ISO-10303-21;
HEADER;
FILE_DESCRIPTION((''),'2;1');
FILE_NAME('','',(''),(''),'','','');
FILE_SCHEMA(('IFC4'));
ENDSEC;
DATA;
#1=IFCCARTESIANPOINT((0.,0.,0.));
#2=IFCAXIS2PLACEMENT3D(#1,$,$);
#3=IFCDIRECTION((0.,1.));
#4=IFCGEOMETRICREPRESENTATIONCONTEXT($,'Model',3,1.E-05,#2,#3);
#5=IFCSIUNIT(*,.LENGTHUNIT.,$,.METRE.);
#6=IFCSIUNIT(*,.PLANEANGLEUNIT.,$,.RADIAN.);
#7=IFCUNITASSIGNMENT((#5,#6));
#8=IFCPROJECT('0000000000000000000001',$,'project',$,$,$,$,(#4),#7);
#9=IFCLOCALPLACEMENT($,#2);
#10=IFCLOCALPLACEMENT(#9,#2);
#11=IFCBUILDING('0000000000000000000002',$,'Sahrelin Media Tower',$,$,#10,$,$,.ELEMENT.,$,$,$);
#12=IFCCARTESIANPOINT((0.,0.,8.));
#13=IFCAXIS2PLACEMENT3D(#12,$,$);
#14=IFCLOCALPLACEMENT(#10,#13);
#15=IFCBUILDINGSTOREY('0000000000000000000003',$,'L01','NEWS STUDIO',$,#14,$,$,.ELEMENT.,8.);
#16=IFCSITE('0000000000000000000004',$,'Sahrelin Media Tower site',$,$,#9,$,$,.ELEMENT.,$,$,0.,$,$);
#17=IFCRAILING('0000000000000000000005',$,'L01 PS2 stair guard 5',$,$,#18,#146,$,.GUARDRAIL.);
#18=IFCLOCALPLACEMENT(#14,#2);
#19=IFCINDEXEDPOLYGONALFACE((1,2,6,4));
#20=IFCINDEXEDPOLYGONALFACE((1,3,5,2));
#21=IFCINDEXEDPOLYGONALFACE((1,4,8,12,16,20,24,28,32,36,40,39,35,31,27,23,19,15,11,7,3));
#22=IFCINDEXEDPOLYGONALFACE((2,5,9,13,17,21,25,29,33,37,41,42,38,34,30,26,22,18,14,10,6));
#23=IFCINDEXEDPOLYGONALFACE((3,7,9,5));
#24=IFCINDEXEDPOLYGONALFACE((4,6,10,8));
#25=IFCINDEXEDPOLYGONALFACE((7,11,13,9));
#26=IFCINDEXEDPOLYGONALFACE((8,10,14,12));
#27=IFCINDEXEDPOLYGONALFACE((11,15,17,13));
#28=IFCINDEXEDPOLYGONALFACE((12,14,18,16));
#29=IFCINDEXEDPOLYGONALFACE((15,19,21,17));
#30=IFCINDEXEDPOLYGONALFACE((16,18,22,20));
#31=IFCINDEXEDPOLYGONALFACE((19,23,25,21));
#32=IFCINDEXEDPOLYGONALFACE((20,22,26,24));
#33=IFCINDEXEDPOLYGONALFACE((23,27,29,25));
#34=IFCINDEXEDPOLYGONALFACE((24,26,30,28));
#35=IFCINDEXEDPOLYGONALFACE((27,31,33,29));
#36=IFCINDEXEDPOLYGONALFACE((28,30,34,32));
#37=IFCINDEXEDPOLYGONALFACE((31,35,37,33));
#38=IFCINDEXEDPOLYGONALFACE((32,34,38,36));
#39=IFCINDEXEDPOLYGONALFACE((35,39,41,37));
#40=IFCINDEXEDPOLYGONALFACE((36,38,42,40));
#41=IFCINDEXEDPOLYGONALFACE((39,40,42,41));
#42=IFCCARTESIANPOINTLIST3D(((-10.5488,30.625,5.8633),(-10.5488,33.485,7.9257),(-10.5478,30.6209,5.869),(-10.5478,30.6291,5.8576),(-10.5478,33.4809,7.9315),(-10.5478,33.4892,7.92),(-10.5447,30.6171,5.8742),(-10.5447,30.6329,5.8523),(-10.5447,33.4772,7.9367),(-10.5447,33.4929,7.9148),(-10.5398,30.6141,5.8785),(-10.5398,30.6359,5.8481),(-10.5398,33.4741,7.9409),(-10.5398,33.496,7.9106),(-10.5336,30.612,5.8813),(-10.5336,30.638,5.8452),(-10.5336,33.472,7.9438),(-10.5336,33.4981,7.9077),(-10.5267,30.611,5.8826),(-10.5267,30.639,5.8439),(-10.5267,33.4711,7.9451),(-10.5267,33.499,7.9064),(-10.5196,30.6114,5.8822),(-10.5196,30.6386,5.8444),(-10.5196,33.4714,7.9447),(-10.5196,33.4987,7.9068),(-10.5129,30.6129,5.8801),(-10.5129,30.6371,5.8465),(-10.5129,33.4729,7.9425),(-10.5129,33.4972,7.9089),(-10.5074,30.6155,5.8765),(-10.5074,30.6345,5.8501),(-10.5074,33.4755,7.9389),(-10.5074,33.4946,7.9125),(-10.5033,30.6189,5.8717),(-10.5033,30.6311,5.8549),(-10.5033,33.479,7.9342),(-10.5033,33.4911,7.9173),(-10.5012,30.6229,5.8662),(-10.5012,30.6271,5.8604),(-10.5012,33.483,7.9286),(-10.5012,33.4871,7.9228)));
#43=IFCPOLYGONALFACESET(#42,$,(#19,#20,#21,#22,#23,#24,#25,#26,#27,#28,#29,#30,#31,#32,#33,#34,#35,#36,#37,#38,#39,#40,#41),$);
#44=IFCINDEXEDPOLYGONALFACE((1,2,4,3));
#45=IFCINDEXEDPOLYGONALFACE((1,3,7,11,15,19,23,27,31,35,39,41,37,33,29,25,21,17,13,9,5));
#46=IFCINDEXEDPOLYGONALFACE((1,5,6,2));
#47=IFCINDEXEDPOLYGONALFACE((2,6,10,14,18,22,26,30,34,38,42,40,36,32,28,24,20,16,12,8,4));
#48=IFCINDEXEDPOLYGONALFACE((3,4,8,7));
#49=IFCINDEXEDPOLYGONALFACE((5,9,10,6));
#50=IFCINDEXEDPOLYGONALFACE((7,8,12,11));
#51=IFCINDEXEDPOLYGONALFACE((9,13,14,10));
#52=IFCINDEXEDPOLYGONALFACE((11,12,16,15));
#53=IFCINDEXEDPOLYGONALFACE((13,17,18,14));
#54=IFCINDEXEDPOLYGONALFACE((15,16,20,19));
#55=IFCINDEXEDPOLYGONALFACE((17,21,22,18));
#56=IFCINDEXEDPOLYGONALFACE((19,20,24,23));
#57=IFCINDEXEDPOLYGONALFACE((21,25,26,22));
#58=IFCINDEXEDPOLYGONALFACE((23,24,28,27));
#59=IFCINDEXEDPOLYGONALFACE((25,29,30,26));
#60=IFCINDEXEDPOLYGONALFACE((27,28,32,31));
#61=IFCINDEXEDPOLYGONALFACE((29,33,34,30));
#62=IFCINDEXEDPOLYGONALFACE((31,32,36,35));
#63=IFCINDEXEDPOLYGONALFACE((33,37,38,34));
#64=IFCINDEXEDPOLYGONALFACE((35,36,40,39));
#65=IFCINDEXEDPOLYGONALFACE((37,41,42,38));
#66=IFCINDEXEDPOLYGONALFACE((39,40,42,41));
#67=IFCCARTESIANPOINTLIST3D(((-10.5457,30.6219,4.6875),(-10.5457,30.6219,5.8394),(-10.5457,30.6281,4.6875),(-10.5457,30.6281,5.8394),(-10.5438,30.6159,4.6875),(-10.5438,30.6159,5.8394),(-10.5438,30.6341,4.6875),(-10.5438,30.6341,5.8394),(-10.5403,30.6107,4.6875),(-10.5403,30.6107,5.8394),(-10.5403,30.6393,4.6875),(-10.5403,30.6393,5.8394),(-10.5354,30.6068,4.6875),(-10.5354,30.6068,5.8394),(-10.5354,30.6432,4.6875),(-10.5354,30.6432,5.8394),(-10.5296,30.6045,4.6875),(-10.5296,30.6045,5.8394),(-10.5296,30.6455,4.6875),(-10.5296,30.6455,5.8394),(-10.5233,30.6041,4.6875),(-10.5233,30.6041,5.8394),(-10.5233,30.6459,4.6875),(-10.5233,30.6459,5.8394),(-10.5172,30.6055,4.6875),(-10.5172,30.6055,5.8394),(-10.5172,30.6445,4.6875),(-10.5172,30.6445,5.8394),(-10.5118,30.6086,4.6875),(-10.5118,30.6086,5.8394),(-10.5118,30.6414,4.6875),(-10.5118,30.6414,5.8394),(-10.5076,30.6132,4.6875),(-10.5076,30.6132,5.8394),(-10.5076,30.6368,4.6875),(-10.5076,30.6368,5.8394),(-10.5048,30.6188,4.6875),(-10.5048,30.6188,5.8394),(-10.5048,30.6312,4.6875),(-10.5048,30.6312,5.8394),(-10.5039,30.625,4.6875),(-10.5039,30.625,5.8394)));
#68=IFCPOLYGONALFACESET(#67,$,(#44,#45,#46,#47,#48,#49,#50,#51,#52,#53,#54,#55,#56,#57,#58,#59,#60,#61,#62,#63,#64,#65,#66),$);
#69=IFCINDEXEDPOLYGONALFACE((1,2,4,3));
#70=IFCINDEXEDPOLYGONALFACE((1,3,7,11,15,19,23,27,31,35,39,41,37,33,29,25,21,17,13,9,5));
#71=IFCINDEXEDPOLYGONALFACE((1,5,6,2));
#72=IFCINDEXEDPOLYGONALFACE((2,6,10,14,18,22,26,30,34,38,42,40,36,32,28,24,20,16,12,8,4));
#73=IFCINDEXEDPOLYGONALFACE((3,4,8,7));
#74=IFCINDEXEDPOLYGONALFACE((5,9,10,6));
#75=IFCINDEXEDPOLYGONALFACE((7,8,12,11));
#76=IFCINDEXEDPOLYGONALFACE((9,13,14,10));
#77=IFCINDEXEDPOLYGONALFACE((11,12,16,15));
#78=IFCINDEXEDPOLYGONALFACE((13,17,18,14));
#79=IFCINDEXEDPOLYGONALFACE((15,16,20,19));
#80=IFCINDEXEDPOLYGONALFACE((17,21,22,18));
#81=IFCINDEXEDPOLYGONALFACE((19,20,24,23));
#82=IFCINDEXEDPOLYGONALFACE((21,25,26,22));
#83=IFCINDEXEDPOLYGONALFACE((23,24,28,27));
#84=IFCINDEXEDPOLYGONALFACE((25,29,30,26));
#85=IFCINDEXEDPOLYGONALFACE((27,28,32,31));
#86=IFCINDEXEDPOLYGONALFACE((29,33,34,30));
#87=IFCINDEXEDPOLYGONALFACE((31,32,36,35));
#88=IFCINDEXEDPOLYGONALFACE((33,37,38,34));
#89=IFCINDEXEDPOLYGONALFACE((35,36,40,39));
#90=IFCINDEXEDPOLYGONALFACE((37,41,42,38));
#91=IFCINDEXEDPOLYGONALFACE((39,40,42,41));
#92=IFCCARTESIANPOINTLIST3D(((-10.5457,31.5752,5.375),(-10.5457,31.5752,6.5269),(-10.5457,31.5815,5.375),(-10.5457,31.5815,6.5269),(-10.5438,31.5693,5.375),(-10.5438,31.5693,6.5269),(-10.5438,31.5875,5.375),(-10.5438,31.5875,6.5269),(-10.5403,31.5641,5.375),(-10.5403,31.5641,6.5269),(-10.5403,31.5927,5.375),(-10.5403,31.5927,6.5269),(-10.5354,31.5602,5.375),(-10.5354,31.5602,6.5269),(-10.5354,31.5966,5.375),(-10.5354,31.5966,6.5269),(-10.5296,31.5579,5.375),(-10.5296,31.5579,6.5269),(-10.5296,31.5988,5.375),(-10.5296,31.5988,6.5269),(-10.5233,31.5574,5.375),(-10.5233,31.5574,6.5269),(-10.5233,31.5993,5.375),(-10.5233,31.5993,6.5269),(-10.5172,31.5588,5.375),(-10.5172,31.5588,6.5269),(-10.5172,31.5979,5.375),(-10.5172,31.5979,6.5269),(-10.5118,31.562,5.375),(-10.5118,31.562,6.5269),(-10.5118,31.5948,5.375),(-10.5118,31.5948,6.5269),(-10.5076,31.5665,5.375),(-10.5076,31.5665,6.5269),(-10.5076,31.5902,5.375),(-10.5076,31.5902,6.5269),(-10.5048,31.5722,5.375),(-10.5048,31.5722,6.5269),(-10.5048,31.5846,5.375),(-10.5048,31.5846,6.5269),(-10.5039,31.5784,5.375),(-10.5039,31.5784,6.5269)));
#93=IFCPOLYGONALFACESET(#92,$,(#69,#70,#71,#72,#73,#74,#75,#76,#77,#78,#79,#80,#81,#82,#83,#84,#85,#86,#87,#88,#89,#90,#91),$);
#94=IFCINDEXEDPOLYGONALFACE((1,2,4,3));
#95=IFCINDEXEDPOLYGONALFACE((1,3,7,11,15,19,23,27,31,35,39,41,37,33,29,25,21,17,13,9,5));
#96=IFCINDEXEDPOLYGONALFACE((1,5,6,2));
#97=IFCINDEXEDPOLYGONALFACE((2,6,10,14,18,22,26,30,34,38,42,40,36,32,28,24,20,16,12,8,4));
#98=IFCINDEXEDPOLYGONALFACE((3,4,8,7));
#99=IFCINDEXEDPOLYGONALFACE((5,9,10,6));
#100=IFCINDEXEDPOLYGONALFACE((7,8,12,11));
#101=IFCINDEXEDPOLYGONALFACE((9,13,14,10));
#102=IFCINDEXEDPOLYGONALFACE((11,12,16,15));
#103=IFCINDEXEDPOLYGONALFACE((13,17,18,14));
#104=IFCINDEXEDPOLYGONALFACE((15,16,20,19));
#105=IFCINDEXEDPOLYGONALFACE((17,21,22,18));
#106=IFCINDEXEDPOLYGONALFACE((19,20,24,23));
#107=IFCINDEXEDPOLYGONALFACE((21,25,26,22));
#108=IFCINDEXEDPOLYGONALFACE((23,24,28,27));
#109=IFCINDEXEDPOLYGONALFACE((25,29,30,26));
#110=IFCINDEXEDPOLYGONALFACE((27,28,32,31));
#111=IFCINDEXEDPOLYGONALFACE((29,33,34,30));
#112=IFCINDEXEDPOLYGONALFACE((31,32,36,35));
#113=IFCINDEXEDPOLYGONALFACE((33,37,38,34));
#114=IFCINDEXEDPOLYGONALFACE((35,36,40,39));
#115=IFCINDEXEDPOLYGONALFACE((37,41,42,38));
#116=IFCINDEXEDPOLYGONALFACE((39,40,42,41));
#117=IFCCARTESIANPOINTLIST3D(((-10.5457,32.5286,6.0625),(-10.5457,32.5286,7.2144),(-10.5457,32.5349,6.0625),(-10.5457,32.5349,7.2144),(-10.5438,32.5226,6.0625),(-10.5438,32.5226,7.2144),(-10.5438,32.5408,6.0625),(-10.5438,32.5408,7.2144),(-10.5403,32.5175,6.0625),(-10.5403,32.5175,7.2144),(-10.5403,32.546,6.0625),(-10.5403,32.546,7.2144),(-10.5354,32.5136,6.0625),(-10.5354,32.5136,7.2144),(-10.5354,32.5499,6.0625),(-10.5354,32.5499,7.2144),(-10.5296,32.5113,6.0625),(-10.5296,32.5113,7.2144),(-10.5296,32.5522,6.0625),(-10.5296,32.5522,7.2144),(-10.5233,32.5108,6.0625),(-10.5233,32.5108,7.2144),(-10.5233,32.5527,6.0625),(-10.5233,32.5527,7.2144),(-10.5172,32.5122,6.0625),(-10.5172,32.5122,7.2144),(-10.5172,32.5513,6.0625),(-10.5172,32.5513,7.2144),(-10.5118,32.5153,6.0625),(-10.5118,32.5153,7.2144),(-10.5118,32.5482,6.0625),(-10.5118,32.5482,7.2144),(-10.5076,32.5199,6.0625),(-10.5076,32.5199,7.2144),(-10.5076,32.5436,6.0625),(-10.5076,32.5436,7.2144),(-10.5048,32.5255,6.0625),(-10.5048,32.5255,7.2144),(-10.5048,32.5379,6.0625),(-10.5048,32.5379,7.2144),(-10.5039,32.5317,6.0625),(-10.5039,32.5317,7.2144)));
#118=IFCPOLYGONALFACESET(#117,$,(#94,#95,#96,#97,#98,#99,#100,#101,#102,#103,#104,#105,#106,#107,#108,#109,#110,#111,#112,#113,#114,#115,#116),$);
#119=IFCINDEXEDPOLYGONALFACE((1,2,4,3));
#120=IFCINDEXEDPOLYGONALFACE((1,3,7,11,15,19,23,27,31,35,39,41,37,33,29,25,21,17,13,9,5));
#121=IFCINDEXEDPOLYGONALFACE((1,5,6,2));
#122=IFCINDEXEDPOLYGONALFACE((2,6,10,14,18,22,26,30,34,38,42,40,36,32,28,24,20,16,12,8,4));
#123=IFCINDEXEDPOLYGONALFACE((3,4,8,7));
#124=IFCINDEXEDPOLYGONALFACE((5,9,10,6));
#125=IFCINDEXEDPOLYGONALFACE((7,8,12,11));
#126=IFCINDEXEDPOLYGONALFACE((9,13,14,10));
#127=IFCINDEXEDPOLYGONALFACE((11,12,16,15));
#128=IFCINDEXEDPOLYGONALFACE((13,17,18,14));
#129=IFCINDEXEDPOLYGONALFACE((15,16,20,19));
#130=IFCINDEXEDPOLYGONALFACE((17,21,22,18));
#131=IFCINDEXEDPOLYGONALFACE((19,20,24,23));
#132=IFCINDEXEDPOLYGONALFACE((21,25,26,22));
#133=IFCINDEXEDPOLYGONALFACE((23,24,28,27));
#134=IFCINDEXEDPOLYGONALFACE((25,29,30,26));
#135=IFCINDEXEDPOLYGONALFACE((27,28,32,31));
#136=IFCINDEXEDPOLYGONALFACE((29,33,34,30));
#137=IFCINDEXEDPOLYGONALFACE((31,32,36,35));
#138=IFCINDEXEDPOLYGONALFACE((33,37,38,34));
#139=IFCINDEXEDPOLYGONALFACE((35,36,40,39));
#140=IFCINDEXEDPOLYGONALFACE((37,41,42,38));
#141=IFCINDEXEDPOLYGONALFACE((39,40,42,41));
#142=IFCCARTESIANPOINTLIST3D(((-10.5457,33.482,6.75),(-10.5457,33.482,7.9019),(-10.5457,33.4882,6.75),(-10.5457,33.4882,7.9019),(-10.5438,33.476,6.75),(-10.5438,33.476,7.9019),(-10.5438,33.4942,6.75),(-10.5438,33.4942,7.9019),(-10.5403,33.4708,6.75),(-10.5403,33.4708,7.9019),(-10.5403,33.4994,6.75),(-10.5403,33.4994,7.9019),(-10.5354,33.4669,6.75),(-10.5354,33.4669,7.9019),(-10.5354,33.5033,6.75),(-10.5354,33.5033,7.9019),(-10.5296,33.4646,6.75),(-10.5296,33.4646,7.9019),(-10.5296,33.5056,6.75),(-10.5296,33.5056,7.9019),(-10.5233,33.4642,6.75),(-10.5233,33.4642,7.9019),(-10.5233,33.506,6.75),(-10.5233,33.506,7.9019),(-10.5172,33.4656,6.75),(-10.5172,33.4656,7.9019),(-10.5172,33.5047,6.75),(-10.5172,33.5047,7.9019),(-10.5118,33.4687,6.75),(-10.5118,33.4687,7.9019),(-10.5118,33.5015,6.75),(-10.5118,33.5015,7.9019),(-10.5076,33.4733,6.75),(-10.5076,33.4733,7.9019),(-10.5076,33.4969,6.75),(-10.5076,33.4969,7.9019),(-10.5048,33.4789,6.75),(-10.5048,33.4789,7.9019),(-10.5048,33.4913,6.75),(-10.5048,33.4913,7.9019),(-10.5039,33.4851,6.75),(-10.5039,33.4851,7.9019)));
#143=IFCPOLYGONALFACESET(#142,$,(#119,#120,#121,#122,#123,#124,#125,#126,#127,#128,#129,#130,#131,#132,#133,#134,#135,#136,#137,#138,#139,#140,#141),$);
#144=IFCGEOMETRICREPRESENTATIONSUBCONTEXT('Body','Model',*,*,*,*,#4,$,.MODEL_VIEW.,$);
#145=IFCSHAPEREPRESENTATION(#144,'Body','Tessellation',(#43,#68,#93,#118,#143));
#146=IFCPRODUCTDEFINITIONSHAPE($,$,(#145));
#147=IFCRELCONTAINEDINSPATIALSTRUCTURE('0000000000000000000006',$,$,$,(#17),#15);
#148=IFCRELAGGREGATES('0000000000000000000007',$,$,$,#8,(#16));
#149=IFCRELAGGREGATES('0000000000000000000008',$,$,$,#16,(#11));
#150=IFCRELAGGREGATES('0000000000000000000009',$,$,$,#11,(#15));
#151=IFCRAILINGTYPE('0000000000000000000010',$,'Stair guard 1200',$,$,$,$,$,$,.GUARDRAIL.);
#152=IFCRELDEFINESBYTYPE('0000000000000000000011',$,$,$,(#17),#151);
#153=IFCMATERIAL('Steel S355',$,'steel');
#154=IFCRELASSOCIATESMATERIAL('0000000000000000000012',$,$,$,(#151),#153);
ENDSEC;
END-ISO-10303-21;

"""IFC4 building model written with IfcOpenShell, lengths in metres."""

from ifc_helpers import new_model, si_unit, direction, frame, origin, origin_2d, place, context, subcontext, project, spatial, circle, extrude, material, type_object, element, save


model = new_model("IFC4")

# Units and contexts
model_context = context("Model", 3, precision=1e-05, world=origin(), true_north=direction((0.0, 1.0)))
body_context = subcontext(model_context, "Body", "Model", "MODEL_VIEW")
ifc_project = project(units=[si_unit("LENGTHUNIT", "METRE"), si_unit("PLANEANGLEUNIT", "RADIAN")], contexts=[model_context])

# Site, building, storey
site_placement = place(None, origin())
site = spatial("IfcSite", under=ifc_project, at=site_placement, Name="Sahrelin Media Tower site", CompositionType="ELEMENT", RefElevation=0.0)
building_placement = place(site_placement, origin())
building = spatial("IfcBuilding", under=site, at=building_placement, Name="Sahrelin Media Tower", CompositionType="ELEMENT")
storey_placement = place(building_placement, frame((0.0, 0.0, 8.0)))
storey = spatial("IfcBuildingStorey", under=building, at=storey_placement, Name="L01", Description="NEWS STUDIO", CompositionType="ELEMENT", Elevation=8.0)

# Shared definitions
ifc_material_1 = material(Name="Steel S355", Category="steel")

# Railing
railing_type_1 = type_object("IfcRailingType", Name="Stair guard 1200", PredefinedType="GUARDRAIL", material=ifc_material_1)
railing_1_placement = place(storey_placement, frame((-10.5249, 30.625, 4.6875)))
element("IfcRailing", 1, at=railing_1_placement, inside=storey, type_object=railing_type_1, Name="L01 PS2 stair guard 5", PredefinedType="GUARDRAIL", context=body_context, shape_type="SweptSolid", body=[
    extrude(circle(Radius=0.0239, at=origin_2d()), frame((0.0, 0.0, 1.1758), z_axis=(0.0, 0.811101, 0.584906), x_axis=(-1.0, 0.0, 0.0)), (0.0, 0.0, 1.0), 3.5261),
    extrude(circle(Radius=0.021, at=origin_2d()), origin(), (0.0, 0.0, 1.0), 1.1519),
    extrude(circle(Radius=0.021, at=origin_2d()), frame((0.0, 0.9534, 0.6875)), (0.0, 0.0, 1.0), 1.1519),
    extrude(circle(Radius=0.021, at=origin_2d()), frame((0.0, 1.9067, 1.375)), (0.0, 0.0, 1.0), 1.1519),
    extrude(circle(Radius=0.021, at=origin_2d()), frame((0.0, 2.8601, 2.0625)), (0.0, 0.0, 1.0), 1.1519),
])

save(model, "model.ifc")
